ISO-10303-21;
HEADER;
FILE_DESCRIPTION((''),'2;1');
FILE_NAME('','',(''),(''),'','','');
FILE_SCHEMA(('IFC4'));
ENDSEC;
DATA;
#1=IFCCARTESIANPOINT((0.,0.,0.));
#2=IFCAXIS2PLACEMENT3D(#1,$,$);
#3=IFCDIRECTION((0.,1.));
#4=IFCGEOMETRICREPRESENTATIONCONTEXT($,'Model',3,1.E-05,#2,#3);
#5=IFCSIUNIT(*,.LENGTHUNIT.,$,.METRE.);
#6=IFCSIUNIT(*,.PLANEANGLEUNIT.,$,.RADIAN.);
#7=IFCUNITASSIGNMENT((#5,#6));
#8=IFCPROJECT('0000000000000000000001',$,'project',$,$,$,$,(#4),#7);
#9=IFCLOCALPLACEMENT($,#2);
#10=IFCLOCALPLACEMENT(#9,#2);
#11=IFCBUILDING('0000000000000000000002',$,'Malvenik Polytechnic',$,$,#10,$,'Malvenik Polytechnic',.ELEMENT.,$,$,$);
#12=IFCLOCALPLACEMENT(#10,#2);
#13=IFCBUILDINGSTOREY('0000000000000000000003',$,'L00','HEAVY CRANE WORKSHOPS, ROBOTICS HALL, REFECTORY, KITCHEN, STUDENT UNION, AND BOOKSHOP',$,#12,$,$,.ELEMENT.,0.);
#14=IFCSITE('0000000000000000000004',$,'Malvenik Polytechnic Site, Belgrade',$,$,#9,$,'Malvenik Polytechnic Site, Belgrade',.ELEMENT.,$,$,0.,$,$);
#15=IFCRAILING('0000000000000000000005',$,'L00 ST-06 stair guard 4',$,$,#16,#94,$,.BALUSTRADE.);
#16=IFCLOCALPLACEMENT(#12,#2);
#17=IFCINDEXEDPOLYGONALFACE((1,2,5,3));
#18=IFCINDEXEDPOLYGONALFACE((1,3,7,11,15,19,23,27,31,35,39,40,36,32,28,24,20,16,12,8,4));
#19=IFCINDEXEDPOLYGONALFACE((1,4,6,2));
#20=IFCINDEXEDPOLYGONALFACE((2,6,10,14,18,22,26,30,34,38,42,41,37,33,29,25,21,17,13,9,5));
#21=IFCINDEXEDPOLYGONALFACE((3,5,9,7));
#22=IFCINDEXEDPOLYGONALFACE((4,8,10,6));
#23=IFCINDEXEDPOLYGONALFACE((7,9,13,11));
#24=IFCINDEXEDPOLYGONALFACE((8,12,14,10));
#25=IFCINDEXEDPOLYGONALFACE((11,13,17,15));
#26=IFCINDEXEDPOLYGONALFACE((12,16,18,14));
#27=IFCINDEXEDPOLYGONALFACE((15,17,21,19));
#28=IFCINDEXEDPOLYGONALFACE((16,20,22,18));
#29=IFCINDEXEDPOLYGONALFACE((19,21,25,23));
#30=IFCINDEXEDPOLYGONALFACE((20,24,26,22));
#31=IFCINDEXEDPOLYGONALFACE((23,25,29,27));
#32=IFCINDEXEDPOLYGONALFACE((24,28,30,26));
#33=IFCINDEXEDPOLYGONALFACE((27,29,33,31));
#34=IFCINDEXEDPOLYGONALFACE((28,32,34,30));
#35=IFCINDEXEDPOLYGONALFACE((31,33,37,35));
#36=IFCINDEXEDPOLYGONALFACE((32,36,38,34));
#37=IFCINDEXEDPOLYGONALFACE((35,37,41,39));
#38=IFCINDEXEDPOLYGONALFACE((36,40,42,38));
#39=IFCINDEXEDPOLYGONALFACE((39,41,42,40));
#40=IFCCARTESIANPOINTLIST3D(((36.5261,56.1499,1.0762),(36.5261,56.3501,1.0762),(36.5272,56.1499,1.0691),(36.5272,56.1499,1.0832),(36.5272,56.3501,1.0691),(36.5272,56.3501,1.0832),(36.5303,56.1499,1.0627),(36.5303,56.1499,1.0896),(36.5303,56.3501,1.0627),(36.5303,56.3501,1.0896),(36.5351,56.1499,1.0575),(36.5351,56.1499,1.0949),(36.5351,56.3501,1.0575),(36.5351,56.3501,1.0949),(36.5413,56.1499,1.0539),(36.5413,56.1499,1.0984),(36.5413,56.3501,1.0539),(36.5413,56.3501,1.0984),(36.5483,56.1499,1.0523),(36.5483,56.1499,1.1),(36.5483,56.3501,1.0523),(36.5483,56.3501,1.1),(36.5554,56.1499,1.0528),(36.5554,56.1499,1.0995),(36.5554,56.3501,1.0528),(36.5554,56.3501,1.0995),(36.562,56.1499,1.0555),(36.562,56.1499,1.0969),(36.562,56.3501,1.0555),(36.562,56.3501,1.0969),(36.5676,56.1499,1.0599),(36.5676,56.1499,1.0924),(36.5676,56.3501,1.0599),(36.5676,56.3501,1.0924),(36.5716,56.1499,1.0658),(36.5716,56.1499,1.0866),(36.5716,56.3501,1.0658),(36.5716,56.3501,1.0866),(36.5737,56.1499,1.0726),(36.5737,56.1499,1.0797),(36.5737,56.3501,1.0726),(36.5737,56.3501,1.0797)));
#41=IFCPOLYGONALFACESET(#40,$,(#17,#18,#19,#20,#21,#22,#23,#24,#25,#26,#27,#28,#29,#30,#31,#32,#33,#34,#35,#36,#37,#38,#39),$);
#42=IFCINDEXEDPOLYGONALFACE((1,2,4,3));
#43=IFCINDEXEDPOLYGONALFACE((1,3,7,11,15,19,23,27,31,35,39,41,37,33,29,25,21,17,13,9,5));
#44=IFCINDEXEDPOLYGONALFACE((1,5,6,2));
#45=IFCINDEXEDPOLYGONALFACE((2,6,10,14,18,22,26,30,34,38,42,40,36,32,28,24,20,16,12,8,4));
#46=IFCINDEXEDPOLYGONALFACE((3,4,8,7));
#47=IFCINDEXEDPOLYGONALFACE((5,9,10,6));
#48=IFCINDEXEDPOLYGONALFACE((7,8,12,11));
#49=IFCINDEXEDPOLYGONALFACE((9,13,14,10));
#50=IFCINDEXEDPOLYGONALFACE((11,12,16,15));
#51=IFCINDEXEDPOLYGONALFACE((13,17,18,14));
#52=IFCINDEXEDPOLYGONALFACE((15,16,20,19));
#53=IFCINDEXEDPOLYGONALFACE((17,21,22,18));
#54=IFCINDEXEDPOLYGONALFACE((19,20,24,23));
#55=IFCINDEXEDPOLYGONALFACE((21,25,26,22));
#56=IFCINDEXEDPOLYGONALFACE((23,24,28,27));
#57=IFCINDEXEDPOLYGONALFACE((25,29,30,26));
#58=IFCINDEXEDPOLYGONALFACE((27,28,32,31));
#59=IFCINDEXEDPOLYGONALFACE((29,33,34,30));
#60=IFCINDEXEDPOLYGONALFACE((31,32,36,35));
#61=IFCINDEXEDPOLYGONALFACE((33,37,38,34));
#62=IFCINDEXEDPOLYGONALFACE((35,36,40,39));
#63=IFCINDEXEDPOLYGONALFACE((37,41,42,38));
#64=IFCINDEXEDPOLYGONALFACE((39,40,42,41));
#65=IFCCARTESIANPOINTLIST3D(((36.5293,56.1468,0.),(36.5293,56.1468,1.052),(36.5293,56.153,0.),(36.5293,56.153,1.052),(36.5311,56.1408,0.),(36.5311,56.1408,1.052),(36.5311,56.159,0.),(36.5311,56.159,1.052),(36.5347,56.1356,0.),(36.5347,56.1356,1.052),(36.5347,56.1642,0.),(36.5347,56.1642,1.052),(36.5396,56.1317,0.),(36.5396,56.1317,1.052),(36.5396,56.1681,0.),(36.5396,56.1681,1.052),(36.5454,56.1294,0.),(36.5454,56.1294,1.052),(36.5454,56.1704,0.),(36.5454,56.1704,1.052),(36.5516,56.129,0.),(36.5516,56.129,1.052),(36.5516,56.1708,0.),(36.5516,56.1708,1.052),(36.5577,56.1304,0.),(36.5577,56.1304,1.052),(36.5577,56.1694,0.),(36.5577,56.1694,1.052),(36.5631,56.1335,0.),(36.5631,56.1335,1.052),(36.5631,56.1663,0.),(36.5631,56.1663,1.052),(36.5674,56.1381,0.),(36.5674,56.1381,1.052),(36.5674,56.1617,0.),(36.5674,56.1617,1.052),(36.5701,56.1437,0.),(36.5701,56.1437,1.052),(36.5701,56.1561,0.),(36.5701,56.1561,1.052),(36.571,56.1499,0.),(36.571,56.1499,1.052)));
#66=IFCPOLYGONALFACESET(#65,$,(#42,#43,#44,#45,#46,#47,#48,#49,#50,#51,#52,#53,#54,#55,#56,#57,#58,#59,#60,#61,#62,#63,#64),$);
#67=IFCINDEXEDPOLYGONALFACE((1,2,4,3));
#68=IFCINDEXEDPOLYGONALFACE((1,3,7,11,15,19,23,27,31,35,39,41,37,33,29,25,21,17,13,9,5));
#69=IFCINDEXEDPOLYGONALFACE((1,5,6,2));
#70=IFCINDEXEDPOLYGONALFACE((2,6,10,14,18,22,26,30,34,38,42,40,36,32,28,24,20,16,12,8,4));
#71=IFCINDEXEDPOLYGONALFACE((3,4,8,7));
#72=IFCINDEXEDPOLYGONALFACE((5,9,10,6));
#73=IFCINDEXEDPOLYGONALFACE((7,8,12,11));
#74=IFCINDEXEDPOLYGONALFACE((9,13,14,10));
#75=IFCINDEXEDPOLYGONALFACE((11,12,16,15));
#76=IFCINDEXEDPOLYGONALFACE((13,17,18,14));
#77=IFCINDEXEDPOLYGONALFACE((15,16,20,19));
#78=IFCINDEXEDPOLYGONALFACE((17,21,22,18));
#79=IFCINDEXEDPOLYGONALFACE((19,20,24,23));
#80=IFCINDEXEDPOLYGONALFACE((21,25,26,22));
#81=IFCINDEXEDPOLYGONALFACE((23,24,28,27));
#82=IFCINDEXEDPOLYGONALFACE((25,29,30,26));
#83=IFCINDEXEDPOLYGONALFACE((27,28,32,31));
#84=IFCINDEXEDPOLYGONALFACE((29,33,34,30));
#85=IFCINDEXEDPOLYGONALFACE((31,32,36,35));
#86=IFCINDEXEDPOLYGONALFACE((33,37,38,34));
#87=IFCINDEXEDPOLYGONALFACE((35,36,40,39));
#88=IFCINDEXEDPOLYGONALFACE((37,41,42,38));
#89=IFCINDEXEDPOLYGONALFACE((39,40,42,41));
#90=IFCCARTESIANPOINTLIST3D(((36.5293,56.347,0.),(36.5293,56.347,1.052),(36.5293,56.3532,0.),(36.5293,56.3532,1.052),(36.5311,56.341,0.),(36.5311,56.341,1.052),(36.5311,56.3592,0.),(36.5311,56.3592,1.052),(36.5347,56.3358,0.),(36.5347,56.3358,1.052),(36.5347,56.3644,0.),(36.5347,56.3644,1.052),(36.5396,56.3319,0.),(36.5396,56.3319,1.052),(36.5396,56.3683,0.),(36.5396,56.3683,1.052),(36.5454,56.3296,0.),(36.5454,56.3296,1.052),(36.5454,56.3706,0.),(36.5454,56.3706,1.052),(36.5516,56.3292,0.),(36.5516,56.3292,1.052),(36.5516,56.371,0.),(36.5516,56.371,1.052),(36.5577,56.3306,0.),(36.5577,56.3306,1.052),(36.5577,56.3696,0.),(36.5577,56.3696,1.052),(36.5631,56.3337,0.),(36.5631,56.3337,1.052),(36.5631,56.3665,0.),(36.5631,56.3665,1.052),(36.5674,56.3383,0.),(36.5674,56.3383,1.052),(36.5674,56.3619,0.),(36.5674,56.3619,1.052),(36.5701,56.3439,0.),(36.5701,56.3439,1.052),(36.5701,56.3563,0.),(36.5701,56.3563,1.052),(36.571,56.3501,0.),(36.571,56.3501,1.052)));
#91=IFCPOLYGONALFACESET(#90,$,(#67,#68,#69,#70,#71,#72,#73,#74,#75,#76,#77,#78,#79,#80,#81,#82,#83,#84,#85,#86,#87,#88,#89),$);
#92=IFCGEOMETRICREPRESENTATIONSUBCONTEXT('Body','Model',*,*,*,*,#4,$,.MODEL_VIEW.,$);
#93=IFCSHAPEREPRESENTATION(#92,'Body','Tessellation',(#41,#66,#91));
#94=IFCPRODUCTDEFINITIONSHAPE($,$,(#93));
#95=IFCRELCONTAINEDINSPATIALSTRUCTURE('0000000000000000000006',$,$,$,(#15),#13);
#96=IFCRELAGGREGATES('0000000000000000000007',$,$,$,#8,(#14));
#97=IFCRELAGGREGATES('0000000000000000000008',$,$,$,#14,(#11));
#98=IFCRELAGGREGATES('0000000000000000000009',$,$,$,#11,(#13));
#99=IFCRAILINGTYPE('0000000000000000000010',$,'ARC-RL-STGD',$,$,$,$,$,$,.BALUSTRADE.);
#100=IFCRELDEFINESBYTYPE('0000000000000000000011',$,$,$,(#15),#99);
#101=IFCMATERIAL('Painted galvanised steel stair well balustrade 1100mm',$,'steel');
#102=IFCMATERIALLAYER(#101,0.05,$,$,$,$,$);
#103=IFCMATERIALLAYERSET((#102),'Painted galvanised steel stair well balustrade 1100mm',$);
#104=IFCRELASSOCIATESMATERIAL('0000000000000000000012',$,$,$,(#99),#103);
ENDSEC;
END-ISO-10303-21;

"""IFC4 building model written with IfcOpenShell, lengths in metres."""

from ifc_helpers import new_model, si_unit, direction, frame, origin, origin_2d, place, context, subcontext, project, spatial, circle, extrude, material, layer, layer_set, type_object, element, save


model = new_model("IFC4")

# Units and contexts
model_context = context("Model", 3, precision=1e-05, world=origin(), true_north=direction((0.0, 1.0)))
body_context = subcontext(model_context, "Body", "Model", "MODEL_VIEW")
ifc_project = project(units=[si_unit("LENGTHUNIT", "METRE"), si_unit("PLANEANGLEUNIT", "RADIAN")], contexts=[model_context])

# Site, building, storey
site_placement = place(None, origin())
site = spatial("IfcSite", under=ifc_project, at=site_placement, Name="Malvenik Polytechnic Site, Belgrade", LongName="Malvenik Polytechnic Site, Belgrade", CompositionType="ELEMENT", RefElevation=0.0)
building_placement = place(site_placement, origin())
building = spatial("IfcBuilding", under=site, at=building_placement, Name="Malvenik Polytechnic", LongName="Malvenik Polytechnic", CompositionType="ELEMENT")
storey_placement = place(building_placement, origin())
storey = spatial("IfcBuildingStorey", under=building, at=storey_placement, Name="L00", Description="HEAVY CRANE WORKSHOPS, ROBOTICS HALL, REFECTORY, KITCHEN, STUDENT UNION, AND BOOKSHOP", CompositionType="ELEMENT", Elevation=0.0)

# Railing
ifc_material_1 = material(Name="Painted galvanised steel stair well balustrade 1100mm", Category="steel")
ifc_layer_1 = layer(ifc_material_1, 0.05)
ifc_layer_set_1 = layer_set([ifc_layer_1], Name="Painted galvanised steel stair well balustrade 1100mm")
railing_type_1 = type_object("IfcRailingType", Name="ARC-RL-STGD", PredefinedType="BALUSTRADE", material=ifc_layer_set_1)
railing_1_placement = place(storey_placement, frame((36.55, 56.1499, 0.0)))
element("IfcRailing", 1, at=railing_1_placement, inside=storey, type_object=railing_type_1, Name="L00 ST-06 stair guard 4", PredefinedType="BALUSTRADE", context=body_context, shape_type="SweptSolid", body=[
    extrude(circle(Radius=0.0239, at=origin_2d()), frame((0.0, 0.0, 1.0762), z_axis=(0.0, 1.0, 0.0), x_axis=(-1.0, 0.0, 0.0)), (0.0, 0.0, 1.0), 0.2002),
    extrude(circle(Radius=0.021, at=origin_2d()), origin(), (0.0, 0.0, 1.0), 1.052),
    extrude(circle(Radius=0.021, at=origin_2d()), frame((0.0, 0.2002, 0.0)), (0.0, 0.0, 1.0), 1.052),
])

save(model, "model.ifc")
